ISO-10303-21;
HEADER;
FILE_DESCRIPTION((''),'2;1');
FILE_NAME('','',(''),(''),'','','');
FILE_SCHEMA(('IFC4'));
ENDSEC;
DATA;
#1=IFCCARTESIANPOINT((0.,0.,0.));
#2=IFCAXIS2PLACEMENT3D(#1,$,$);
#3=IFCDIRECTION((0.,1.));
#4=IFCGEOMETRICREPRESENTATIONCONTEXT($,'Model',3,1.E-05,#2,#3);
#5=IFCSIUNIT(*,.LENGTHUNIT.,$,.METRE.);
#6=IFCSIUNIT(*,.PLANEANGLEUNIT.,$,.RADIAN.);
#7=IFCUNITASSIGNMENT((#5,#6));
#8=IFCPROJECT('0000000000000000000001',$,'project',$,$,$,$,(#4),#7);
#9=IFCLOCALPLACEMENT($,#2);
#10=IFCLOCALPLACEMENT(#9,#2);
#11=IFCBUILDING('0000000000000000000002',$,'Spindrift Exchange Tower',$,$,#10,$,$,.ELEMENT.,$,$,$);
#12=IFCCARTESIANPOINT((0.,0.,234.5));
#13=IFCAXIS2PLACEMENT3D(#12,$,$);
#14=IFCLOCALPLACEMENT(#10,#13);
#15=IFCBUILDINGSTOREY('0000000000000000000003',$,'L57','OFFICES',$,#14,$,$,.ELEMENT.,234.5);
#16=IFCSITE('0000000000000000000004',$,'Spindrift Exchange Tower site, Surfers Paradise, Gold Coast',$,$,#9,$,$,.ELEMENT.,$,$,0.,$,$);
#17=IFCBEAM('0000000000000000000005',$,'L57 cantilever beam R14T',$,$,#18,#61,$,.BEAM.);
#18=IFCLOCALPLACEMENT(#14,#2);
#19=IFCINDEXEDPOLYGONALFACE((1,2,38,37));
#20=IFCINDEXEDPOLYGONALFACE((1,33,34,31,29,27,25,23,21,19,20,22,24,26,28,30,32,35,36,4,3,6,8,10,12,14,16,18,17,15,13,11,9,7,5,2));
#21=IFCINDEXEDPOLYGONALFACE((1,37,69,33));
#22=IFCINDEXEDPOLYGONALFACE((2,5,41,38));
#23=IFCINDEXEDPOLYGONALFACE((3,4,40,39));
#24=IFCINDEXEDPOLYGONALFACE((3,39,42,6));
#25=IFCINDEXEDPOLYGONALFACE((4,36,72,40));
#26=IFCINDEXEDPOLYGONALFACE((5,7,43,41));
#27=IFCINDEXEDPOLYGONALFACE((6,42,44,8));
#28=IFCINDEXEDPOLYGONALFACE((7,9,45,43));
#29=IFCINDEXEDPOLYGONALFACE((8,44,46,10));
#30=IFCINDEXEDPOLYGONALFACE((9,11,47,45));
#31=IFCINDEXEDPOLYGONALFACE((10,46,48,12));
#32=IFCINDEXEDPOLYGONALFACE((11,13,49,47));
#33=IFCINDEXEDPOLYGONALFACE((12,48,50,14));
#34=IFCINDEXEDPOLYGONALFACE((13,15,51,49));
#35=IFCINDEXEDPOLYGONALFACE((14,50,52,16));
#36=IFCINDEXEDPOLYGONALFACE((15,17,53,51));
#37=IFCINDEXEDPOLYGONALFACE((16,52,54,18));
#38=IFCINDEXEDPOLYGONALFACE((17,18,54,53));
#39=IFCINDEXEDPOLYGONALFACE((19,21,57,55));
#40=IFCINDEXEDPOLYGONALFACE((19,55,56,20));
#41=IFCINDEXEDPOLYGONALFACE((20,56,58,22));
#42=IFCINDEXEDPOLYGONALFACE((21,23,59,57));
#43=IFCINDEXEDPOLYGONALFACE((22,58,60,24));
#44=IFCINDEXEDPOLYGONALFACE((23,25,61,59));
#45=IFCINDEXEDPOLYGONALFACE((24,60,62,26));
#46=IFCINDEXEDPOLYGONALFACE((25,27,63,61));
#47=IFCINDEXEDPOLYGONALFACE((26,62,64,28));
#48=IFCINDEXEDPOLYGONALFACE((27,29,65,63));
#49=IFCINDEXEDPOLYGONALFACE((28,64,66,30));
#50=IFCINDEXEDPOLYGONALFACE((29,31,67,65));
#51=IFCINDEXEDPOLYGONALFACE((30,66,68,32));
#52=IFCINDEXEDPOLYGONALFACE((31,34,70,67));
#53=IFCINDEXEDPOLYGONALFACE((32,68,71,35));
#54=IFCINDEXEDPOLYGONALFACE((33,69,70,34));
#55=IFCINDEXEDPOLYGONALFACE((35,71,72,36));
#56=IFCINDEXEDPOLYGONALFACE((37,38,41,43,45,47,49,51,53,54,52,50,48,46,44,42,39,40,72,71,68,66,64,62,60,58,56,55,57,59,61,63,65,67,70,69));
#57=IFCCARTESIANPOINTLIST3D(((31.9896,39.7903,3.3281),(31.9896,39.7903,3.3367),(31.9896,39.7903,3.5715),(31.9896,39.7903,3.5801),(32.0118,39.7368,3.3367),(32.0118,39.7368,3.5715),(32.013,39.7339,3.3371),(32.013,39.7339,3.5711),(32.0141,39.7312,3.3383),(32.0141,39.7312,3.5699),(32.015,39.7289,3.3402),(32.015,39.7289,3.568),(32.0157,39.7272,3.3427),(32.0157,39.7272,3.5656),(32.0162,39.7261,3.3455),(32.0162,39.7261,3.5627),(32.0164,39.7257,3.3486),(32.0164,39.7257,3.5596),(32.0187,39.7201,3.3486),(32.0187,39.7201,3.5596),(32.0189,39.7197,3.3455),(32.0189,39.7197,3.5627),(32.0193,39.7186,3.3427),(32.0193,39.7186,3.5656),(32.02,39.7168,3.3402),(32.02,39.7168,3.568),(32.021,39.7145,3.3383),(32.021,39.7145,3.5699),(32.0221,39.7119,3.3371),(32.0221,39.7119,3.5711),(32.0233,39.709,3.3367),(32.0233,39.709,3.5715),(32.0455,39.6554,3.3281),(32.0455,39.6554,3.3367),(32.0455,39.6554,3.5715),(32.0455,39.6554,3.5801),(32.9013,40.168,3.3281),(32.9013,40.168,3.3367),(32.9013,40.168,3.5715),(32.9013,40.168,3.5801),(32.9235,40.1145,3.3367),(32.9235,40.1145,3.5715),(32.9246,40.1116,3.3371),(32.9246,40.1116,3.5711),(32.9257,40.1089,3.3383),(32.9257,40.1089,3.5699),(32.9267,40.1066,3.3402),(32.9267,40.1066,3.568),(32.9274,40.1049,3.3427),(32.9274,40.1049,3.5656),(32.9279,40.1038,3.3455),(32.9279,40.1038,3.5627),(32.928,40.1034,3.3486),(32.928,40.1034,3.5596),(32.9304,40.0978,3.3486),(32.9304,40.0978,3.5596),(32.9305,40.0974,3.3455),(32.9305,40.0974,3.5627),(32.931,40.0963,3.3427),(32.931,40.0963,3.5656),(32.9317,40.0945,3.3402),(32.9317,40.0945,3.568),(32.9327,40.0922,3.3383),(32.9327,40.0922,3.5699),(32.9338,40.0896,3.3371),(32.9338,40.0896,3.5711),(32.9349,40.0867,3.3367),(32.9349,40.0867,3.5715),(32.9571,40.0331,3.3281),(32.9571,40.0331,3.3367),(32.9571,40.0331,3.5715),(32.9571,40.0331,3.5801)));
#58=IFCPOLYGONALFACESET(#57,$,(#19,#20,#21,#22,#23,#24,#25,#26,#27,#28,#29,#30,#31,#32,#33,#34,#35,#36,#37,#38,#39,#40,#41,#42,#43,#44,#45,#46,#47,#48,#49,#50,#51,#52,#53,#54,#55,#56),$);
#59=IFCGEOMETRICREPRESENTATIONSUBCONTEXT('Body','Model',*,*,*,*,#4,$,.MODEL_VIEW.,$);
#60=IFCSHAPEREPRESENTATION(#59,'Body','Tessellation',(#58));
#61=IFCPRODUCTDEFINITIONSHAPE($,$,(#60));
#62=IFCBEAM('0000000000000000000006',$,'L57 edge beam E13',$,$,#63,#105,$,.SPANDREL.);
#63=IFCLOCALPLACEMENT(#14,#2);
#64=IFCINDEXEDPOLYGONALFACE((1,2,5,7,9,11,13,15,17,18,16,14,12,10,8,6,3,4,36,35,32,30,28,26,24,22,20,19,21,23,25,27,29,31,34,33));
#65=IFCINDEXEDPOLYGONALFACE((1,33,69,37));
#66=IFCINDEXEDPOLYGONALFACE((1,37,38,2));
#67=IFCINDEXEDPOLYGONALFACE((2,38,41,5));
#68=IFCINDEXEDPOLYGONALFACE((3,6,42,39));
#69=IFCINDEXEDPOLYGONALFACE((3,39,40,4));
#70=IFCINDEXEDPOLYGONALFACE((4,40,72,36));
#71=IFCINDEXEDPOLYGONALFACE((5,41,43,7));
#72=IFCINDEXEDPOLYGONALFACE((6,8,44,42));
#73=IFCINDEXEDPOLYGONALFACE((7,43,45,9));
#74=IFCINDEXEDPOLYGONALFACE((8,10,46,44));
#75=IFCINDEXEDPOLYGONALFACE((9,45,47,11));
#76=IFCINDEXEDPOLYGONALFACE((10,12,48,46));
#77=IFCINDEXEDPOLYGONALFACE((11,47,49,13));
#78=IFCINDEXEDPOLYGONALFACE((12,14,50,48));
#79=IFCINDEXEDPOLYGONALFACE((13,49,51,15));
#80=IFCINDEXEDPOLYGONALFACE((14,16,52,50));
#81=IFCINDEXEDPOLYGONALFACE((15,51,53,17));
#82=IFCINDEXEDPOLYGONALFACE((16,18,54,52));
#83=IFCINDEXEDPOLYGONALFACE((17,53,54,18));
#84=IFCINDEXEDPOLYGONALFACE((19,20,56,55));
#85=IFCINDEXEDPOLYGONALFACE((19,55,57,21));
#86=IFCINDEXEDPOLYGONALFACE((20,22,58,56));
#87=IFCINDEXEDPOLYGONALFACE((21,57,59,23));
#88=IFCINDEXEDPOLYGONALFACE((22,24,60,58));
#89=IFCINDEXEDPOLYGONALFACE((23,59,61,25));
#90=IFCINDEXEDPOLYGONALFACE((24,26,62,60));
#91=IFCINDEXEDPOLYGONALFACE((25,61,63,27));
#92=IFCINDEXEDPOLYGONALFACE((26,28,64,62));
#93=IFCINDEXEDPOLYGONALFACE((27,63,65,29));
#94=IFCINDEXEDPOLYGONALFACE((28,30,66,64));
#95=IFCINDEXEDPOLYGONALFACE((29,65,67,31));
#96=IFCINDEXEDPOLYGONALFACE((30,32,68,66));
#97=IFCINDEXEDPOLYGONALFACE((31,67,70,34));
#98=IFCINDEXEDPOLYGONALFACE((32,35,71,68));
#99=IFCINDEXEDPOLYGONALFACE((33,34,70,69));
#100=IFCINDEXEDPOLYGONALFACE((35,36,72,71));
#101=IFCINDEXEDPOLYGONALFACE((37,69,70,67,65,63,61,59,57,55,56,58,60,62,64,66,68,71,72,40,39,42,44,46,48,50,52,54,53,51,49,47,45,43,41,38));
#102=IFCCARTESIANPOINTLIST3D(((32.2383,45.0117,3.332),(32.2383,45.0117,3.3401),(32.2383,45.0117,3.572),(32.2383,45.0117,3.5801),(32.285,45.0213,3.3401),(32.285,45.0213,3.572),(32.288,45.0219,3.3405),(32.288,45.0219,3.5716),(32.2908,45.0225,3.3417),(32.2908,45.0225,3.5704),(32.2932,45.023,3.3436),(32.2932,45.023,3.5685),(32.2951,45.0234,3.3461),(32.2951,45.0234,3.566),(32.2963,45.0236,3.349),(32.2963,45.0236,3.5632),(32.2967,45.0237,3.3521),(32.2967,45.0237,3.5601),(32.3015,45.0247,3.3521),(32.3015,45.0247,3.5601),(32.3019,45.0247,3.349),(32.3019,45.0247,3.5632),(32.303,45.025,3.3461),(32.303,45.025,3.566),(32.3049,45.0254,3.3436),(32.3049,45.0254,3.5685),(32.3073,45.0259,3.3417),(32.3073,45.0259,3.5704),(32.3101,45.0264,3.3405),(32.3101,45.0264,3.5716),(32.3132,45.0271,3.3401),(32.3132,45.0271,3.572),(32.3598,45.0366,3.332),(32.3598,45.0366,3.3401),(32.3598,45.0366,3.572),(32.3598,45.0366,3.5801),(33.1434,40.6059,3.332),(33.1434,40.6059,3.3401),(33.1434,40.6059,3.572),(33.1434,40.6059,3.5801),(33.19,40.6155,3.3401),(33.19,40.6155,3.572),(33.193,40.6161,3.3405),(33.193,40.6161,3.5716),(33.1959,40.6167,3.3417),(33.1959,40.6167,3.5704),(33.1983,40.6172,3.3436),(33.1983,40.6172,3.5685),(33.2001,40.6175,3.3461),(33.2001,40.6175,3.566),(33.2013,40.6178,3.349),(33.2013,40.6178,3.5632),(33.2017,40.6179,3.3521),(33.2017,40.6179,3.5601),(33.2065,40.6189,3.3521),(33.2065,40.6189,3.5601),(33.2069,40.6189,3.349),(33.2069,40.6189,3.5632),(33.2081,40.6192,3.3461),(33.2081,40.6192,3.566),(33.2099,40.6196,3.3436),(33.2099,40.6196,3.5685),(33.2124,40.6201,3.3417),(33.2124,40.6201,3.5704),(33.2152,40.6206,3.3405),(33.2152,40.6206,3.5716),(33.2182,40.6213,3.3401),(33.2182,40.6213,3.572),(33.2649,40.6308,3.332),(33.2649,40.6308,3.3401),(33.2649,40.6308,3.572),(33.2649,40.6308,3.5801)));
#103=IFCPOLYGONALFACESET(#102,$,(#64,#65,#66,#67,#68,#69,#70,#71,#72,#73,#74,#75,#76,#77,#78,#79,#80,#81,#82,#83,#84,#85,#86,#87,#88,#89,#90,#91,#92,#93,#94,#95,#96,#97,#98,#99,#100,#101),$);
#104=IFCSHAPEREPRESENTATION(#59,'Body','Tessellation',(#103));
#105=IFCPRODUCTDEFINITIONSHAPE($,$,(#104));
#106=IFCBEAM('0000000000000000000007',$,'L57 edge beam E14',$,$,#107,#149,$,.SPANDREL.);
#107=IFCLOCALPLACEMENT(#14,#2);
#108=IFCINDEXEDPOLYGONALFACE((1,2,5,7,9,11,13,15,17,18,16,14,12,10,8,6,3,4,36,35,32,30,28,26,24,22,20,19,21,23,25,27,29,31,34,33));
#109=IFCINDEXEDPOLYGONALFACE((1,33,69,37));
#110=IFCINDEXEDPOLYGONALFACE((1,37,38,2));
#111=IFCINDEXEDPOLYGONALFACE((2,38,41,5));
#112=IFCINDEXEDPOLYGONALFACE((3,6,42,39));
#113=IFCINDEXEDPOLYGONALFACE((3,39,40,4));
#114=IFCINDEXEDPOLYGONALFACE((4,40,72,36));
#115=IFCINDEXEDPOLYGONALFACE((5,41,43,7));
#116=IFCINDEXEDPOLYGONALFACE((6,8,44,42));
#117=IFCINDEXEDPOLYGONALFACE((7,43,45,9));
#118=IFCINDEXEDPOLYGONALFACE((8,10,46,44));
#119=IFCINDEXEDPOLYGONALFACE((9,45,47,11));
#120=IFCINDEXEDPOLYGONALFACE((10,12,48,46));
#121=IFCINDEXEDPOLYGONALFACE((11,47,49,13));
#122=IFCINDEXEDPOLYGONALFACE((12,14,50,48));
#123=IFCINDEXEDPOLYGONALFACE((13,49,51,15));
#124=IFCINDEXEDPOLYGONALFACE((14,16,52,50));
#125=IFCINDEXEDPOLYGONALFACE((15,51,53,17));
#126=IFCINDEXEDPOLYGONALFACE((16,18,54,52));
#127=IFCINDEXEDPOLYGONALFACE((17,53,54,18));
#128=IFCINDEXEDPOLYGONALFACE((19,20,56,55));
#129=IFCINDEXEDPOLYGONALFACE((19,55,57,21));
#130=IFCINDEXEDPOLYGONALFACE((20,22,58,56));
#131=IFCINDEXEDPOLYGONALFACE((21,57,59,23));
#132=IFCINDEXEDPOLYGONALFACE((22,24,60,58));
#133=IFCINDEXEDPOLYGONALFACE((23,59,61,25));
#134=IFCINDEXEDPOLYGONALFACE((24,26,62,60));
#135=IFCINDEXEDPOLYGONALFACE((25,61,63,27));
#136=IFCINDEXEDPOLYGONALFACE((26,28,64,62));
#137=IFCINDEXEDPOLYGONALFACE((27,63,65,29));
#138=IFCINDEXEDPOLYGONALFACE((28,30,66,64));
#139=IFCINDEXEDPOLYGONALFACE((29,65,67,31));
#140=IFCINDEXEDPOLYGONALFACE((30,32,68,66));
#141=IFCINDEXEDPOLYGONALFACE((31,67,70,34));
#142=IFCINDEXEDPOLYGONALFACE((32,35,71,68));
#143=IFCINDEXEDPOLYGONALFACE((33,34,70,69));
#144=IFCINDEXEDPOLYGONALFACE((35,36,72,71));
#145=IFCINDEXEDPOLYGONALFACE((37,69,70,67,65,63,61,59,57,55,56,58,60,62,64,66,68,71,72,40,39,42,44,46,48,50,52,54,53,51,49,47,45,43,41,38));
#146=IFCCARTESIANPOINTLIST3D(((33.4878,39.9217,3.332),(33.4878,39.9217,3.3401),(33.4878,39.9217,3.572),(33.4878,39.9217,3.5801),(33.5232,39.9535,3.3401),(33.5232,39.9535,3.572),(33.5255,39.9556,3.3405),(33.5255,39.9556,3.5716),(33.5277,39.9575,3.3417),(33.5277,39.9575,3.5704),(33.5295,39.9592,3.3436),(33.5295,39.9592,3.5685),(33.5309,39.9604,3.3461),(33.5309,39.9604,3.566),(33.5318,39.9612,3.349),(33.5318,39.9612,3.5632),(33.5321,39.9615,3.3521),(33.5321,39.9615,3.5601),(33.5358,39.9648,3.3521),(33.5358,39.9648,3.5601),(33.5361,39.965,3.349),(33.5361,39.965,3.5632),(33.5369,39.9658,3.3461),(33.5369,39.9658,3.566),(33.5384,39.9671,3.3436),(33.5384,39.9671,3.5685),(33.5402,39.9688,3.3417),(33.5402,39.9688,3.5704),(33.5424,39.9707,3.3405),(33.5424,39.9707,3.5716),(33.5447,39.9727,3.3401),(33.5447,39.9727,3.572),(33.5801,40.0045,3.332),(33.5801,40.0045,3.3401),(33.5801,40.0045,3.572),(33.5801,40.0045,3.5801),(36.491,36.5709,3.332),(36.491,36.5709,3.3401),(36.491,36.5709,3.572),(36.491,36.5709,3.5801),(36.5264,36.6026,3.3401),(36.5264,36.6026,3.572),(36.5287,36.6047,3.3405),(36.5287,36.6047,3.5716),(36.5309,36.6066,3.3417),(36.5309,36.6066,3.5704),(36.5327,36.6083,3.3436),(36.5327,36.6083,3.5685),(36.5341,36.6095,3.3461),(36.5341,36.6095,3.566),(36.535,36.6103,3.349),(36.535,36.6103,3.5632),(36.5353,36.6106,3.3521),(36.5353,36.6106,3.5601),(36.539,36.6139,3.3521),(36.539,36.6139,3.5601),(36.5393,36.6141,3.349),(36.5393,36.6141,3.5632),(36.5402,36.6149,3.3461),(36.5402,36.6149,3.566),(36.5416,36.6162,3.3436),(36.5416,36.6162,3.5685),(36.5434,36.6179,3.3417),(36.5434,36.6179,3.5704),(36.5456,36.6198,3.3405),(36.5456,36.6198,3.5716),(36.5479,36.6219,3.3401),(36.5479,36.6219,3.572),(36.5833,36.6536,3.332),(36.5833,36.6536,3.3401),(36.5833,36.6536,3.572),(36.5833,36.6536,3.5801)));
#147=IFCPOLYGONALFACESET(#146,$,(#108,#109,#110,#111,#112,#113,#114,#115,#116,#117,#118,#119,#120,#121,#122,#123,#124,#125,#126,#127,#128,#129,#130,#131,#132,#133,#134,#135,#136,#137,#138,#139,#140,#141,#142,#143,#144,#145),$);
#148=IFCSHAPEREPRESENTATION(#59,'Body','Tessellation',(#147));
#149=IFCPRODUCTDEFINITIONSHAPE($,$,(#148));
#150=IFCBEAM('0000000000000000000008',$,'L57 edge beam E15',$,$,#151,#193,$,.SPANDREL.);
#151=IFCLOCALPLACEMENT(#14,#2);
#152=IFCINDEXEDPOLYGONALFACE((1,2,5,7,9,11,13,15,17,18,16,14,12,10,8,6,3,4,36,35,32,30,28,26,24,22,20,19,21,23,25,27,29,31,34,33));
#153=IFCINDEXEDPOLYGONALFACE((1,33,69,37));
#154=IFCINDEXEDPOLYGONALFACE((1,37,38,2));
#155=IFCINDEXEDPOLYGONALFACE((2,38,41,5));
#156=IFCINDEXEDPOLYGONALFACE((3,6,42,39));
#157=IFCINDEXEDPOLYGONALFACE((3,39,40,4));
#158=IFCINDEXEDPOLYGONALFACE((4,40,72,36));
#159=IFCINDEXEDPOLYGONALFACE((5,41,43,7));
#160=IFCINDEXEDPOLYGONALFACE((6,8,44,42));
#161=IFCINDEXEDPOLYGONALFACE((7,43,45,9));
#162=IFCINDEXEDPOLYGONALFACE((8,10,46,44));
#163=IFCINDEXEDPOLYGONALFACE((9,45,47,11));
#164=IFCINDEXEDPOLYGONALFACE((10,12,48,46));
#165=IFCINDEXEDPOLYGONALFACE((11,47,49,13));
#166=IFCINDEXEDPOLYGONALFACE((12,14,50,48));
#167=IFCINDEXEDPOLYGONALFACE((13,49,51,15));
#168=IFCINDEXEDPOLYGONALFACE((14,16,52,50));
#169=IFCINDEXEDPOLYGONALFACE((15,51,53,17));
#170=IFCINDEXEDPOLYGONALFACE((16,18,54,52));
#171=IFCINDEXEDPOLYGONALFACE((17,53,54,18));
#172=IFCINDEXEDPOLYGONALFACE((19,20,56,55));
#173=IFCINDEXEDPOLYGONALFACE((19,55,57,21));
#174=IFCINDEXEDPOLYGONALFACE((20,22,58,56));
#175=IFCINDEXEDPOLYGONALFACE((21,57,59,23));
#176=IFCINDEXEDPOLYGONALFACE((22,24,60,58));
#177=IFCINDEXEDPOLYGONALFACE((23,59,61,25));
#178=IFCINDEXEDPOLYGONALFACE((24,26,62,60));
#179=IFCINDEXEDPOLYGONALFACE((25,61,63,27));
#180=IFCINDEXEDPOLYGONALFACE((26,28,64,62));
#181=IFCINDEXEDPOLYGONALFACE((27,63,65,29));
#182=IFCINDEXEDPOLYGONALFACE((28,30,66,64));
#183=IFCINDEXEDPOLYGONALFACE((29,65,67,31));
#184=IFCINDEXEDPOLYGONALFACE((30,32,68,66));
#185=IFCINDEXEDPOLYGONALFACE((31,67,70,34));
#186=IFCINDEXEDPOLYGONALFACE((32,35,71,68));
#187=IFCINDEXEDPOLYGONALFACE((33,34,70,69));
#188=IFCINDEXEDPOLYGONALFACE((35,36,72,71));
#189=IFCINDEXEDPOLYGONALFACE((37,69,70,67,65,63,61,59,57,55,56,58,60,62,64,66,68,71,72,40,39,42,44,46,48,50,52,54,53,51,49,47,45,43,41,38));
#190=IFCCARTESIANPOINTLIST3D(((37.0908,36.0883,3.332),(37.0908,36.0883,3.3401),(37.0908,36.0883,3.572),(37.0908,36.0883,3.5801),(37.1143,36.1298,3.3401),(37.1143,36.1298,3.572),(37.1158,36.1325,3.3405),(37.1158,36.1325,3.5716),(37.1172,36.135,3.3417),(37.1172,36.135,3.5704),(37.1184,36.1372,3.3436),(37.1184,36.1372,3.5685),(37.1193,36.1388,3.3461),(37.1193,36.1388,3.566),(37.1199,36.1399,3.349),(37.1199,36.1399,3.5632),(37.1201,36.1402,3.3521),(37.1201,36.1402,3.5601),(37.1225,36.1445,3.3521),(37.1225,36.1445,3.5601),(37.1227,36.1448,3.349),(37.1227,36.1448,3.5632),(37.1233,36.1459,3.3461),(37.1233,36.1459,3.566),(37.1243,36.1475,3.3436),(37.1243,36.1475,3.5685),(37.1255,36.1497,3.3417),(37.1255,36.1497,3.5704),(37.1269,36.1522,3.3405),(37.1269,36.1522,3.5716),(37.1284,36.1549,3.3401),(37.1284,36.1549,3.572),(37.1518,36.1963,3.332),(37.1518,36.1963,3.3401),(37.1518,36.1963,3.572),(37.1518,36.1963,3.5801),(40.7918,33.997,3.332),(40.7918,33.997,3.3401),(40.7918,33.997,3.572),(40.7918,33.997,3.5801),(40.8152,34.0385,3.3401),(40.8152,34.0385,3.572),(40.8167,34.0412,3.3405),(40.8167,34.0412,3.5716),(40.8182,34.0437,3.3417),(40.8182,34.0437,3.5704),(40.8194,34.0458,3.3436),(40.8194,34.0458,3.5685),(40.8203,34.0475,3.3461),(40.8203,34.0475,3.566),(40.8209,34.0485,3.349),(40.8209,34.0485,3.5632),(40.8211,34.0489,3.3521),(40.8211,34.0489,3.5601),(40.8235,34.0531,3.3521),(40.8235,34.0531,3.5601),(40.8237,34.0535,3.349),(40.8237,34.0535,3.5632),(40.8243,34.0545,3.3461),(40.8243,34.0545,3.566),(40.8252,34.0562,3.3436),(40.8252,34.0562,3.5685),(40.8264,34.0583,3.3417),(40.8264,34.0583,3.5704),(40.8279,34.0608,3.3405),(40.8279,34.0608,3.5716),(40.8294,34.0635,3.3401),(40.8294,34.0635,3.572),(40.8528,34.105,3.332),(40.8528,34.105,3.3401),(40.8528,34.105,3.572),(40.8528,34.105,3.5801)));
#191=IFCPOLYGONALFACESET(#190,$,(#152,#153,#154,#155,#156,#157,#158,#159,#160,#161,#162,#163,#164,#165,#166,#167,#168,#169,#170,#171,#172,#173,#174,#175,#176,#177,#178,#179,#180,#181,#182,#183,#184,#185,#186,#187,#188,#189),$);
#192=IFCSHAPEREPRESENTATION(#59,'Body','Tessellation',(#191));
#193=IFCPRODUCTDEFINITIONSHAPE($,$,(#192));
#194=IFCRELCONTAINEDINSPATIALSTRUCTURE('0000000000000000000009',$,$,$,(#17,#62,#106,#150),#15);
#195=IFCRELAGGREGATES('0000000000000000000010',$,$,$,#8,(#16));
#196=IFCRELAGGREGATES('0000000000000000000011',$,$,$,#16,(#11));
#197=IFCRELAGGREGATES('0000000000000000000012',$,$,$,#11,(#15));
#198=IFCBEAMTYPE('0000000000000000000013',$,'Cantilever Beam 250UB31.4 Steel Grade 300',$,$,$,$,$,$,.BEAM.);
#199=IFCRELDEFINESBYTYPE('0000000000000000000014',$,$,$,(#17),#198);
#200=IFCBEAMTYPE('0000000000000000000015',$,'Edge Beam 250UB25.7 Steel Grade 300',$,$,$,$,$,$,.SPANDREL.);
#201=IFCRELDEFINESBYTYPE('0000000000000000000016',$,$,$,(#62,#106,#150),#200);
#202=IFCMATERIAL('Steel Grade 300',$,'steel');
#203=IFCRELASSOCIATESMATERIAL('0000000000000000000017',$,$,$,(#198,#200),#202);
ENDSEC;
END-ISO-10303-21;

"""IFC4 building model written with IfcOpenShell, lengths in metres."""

from ifc_helpers import new_model, si_unit, direction, frame, origin, origin_2d, place, context, subcontext, project, spatial, i_section, extrude, source, transform, mapped, material, material_profile, profile_set, type_object, element, save


model = new_model("IFC4")

# Units and contexts
model_context = context("Model", 3, precision=1e-05, world=origin(), true_north=direction((0.0, 1.0)))
body_context = subcontext(model_context, "Body", "Model", "MODEL_VIEW")
ifc_project = project(units=[si_unit("LENGTHUNIT", "METRE"), si_unit("PLANEANGLEUNIT", "RADIAN")], contexts=[model_context])

# Site, building, storey
site_placement = place(None, origin())
site = spatial("IfcSite", under=ifc_project, at=site_placement, Name="Spindrift Exchange Tower site, Surfers Paradise, Gold Coast", CompositionType="ELEMENT", RefElevation=0.0)
building_placement = place(site_placement, origin())
building = spatial("IfcBuilding", under=site, at=building_placement, Name="Spindrift Exchange Tower", CompositionType="ELEMENT")
storey_placement = place(building_placement, frame((0.0, 0.0, 234.5)))
storey = spatial("IfcBuildingStorey", under=building, at=storey_placement, Name="L57", Description="OFFICES", CompositionType="ELEMENT", Elevation=234.5)

# Beams
ifc_material_1 = material(Name="Steel Grade 300", Category="steel")
ifc_material_profile_1 = material_profile(ifc_material_1, i_section(OverallWidth=0.146, OverallDepth=0.252, WebThickness=0.0061, FlangeThickness=0.0085, FilletRadius=0.012, at=origin_2d()), Name="250UB31.4")
ifc_profile_set_1 = profile_set([ifc_material_profile_1], Name="Steel Grade 300")
beam_type_1 = type_object("IfcBeamType", Name="Cantilever Beam 250UB31.4 Steel Grade 300", PredefinedType="BEAM", material=ifc_profile_set_1)
shared_shape_1 = source(origin(), body_context, "Body", "SweptSolid", [
    extrude(i_section(OverallWidth=0.146, OverallDepth=0.252, WebThickness=0.0061, FlangeThickness=0.0085, FilletRadius=0.012, at=origin_2d()), origin(), (0.0, 0.0, 1.0), 0.9868),
])
beam_1_placement = place(storey_placement, frame((32.9292, 40.1006, 3.4541), z_axis=(-0.923851, -0.382752, 0.0), x_axis=(0.382752, -0.923851, 0.0)))
element("IfcBeam", 1, at=beam_1_placement, inside=storey, type_object=beam_type_1, Name="L57 cantilever beam R14T", PredefinedType="BEAM", context=body_context, shape_type="MappedRepresentation", body=[
    mapped(shared_shape_1, transform((0.0, 0.0, 0.0), scale=1.0)),
])
ifc_material_profile_2 = material_profile(ifc_material_1, i_section(OverallWidth=0.124, OverallDepth=0.248, WebThickness=0.0049, FlangeThickness=0.0081, FilletRadius=0.012, at=origin_2d()), Name="250UB25.7")
ifc_profile_set_2 = profile_set([ifc_material_profile_2], Name="Steel Grade 300")
beam_type_2 = type_object("IfcBeamType", Name="Edge Beam 250UB25.7 Steel Grade 300", PredefinedType="SPANDREL", material=ifc_profile_set_2)
shared_shape_2 = source(origin(), body_context, "Body", "SweptSolid", [
    extrude(i_section(OverallWidth=0.124, OverallDepth=0.248, WebThickness=0.0049, FlangeThickness=0.0081, FilletRadius=0.012, at=origin_2d()), origin(), (0.0, 0.0, 1.0), 4.4978),
])
beam_2_placement = place(storey_placement, frame((32.2991, 45.0242, 3.4561), z_axis=(0.201218, -0.979546, 0.0), x_axis=(0.979546, 0.201218, 0.0)))
element("IfcBeam", 2, at=beam_2_placement, inside=storey, type_object=beam_type_2, Name="L57 edge beam E13", PredefinedType="SPANDREL", context=body_context, shape_type="MappedRepresentation", body=[
    mapped(shared_shape_2, transform((0.0, 0.0, 0.0), scale=1.0)),
])
shared_shape_3 = source(origin(), body_context, "Body", "SweptSolid", [
    extrude(i_section(OverallWidth=0.124, OverallDepth=0.248, WebThickness=0.0049, FlangeThickness=0.0081, FilletRadius=0.012, at=origin_2d()), origin(), (0.0, 0.0, 1.0), 4.4998),
])
beam_3_placement = place(storey_placement, frame((33.5339, 39.9631, 3.4561), z_axis=(0.66742, -0.744682, 0.0), x_axis=(0.744682, 0.66742, 0.0)))
element("IfcBeam", 3, at=beam_3_placement, inside=storey, type_object=beam_type_2, Name="L57 edge beam E14", PredefinedType="SPANDREL", context=body_context, shape_type="MappedRepresentation", body=[
    mapped(shared_shape_3, transform((0.0, 0.0, 0.0), scale=1.0)),
])
shared_shape_4 = source(origin(), body_context, "Body", "SweptSolid", [
    extrude(i_section(OverallWidth=0.124, OverallDepth=0.248, WebThickness=0.0049, FlangeThickness=0.0081, FilletRadius=0.012, at=origin_2d()), origin(), (0.0, 0.0, 1.0), 4.251),
])
beam_4_placement = place(storey_placement, frame((37.1213, 36.1423, 3.4561), z_axis=(0.870615, -0.491965, 0.0), x_axis=(0.491965, 0.870615, 0.0)))
element("IfcBeam", 4, at=beam_4_placement, inside=storey, type_object=beam_type_2, Name="L57 edge beam E15", PredefinedType="SPANDREL", context=body_context, shape_type="MappedRepresentation", body=[
    mapped(shared_shape_4, transform((0.0, 0.0, 0.0), scale=1.0)),
])

save(model, "model.ifc")
